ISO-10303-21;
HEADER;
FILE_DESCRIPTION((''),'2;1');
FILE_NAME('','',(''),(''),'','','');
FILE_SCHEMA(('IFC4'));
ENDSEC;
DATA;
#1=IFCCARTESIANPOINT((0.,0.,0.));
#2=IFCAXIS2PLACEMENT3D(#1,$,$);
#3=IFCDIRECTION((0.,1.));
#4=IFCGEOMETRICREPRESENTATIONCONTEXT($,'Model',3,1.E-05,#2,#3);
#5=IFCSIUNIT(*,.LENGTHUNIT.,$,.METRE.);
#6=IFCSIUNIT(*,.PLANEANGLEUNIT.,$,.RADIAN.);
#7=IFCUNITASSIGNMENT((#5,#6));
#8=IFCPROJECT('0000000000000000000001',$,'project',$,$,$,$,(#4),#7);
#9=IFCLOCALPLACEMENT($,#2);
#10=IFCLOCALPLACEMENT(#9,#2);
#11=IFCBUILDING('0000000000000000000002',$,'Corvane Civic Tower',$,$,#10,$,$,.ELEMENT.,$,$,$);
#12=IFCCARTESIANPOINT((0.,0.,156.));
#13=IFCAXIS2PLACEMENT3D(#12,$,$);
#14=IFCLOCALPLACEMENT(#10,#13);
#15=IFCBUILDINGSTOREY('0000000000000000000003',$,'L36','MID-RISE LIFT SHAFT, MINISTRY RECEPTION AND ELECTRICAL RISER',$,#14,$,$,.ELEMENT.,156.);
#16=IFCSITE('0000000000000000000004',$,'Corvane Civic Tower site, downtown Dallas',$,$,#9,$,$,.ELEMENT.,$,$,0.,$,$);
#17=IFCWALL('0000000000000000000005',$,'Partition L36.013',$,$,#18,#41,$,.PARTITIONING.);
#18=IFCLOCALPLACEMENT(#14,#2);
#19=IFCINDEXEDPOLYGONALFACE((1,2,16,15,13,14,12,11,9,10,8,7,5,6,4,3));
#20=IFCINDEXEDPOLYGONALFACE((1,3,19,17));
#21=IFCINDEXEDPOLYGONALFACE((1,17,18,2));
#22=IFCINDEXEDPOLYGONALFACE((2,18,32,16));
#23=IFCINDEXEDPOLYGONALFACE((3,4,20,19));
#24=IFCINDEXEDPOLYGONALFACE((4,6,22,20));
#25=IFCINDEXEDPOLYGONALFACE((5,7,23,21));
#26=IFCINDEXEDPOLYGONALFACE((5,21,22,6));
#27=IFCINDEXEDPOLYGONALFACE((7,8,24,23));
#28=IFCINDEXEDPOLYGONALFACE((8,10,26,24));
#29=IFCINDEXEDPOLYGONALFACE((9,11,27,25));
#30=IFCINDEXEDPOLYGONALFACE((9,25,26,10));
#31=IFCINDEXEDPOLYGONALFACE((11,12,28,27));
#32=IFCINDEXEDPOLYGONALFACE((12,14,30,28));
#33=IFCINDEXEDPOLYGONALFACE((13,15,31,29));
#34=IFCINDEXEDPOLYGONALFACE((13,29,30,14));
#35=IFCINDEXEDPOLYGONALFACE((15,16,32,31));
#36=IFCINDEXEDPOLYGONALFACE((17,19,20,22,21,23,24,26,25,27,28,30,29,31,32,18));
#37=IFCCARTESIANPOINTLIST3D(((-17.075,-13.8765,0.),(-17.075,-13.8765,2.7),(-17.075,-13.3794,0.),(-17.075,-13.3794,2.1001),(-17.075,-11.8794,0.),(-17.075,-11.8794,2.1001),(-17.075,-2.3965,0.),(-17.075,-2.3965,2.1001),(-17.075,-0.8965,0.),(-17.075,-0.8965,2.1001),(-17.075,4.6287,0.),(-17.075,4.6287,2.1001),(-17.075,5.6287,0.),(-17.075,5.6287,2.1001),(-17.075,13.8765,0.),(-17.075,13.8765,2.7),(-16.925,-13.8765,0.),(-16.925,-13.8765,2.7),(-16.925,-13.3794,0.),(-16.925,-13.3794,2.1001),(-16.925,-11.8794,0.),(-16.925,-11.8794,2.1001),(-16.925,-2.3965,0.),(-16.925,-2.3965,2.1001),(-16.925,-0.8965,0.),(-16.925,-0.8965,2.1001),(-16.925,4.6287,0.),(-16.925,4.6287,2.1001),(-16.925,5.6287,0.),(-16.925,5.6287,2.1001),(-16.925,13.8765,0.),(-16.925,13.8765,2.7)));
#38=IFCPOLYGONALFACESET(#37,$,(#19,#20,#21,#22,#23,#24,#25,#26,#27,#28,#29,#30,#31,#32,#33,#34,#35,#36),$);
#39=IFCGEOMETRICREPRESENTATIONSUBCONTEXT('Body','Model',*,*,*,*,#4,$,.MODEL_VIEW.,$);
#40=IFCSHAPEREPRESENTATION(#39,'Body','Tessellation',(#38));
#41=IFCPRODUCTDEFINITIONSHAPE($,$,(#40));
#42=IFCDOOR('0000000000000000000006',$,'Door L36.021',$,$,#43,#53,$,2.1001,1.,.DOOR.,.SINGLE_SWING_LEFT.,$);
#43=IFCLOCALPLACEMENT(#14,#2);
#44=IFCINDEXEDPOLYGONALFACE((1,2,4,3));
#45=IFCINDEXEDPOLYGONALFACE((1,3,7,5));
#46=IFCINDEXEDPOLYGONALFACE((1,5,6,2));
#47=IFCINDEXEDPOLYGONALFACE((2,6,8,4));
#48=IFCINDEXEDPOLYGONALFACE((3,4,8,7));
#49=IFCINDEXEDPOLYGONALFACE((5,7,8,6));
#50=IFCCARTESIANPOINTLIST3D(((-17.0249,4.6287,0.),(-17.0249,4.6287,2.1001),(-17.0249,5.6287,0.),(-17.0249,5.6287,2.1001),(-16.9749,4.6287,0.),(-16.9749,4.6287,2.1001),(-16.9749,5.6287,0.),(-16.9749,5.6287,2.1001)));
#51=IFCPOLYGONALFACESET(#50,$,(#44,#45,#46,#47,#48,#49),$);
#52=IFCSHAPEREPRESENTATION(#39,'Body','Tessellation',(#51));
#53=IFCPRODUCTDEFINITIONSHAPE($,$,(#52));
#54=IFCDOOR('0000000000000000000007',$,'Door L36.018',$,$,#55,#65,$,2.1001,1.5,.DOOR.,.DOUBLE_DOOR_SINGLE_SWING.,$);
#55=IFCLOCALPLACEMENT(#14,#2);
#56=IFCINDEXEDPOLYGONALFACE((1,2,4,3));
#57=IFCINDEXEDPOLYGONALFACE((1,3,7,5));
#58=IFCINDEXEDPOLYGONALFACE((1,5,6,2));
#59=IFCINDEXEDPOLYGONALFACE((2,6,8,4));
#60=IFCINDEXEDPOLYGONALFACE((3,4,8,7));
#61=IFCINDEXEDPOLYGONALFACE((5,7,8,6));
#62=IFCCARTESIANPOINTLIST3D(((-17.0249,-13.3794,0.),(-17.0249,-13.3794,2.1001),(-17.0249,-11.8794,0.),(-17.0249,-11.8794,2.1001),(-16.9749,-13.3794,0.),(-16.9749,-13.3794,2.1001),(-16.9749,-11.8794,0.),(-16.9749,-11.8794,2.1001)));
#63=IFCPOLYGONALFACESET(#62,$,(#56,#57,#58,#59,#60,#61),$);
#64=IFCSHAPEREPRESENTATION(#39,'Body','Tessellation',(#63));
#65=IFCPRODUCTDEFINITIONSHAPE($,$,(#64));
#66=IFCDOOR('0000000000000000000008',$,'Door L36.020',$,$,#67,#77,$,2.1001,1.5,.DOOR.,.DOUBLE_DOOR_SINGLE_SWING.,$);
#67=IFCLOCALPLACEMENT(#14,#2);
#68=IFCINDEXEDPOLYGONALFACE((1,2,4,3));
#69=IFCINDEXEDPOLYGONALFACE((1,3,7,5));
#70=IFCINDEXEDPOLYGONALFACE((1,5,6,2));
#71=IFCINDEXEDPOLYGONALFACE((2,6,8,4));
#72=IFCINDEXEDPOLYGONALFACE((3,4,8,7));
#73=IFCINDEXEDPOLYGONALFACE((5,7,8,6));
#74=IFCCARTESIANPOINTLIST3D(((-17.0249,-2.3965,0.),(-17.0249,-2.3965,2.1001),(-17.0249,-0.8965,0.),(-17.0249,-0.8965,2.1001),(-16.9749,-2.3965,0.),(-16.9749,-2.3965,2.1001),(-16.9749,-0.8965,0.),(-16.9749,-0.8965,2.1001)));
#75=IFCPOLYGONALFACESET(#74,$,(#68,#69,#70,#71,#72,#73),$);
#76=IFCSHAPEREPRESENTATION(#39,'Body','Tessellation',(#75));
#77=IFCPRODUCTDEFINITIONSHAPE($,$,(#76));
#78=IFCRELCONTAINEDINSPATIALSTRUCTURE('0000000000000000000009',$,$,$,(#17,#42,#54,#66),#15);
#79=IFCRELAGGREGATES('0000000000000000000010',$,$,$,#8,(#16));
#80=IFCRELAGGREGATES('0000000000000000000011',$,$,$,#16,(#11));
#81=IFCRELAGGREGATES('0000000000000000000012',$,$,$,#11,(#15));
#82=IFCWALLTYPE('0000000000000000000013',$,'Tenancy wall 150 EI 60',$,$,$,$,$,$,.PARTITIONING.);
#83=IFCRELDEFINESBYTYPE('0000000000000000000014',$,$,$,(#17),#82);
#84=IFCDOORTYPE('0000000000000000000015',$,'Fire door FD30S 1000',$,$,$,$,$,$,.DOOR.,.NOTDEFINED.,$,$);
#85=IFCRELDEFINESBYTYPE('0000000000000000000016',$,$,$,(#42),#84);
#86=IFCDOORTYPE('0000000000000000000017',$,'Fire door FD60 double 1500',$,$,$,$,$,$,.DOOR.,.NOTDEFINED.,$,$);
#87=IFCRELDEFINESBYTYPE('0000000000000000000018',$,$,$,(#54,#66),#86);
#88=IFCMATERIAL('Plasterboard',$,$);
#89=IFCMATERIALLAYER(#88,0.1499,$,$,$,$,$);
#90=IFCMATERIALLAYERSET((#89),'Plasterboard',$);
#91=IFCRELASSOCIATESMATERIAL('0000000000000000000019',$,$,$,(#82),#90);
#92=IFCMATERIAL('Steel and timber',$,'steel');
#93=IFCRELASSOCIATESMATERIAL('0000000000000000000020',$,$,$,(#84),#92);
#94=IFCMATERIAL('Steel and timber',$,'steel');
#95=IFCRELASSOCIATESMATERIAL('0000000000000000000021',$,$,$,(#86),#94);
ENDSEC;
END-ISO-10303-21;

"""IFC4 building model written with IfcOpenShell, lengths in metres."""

from ifc_helpers import new_model, si_unit, direction, frame, frame_2d, origin, place, context, subcontext, project, spatial, rectangle, extrude, material, layer, layer_set, type_object, element, fill, save


model = new_model("IFC4")

# Units and contexts
model_context = context("Model", 3, precision=1e-05, world=origin(), true_north=direction((0.0, 1.0)))
body_context = subcontext(model_context, "Body", "Model", "MODEL_VIEW")
ifc_project = project(units=[si_unit("LENGTHUNIT", "METRE"), si_unit("PLANEANGLEUNIT", "RADIAN")], contexts=[model_context])

# Site, building, storey
site_placement = place(None, origin())
site = spatial("IfcSite", under=ifc_project, at=site_placement, Name="Corvane Civic Tower site, downtown Dallas", CompositionType="ELEMENT", RefElevation=0.0)
building_placement = place(site_placement, origin())
building = spatial("IfcBuilding", under=site, at=building_placement, Name="Corvane Civic Tower", CompositionType="ELEMENT")
storey_placement = place(building_placement, frame((0.0, 0.0, 156.0)))
storey = spatial("IfcBuildingStorey", under=building, at=storey_placement, Name="L36", Description="MID-RISE LIFT SHAFT, MINISTRY RECEPTION AND ELECTRICAL RISER", CompositionType="ELEMENT", Elevation=156.0)

# Wall, openings, doors
ifc_material_1 = material(Name="Plasterboard")
ifc_layer_1 = layer(ifc_material_1, 0.1499)
ifc_layer_set_1 = layer_set([ifc_layer_1], Name="Plasterboard")
wall_type_1 = type_object("IfcWallType", Name="Tenancy wall 150 EI 60", PredefinedType="PARTITIONING", material=ifc_layer_set_1)
wall_1_placement = place(storey_placement, frame((-17.0, -13.8765, 0.0), z_axis=(0.0, 0.0, 1.0), x_axis=(0.0, 1.0, 0.0)))
wall_1 = element("IfcWall", 1, at=wall_1_placement, inside=storey, type_object=wall_type_1, Name="Partition L36.013", PredefinedType="PARTITIONING", context=body_context, shape_type="SweptSolid", body=[
    extrude(rectangle(XDim=27.7529, YDim=0.1499, at=frame_2d((13.8765, 0.0))), origin(), (0.0, 0.0, 1.0), 2.7),
])
opening_1_placement = place(wall_1_placement, frame((0.4971, 0.0, 0.0)))
opening_1 = element("IfcOpeningElement", 2, at=opening_1_placement, cuts=wall_1, PredefinedType="OPENING", context=body_context, shape_type="SweptSolid", body=[
    extrude(rectangle(XDim=1.5, YDim=2.1001, at=frame_2d((0.75, 1.05))), frame((0.0, 0.085, 0.0), z_axis=(0.0, -1.0, 0.0), x_axis=(1.0, 0.0, 0.0)), (0.0, 0.0, 1.0), 0.1699),
])
opening_2_placement = place(wall_1_placement, frame((11.48, 0.0, 0.0)))
opening_2 = element("IfcOpeningElement", 3, at=opening_2_placement, cuts=wall_1, PredefinedType="OPENING", context=body_context, shape_type="SweptSolid", body=[
    extrude(rectangle(XDim=1.5, YDim=2.1001, at=frame_2d((0.75, 1.05))), frame((0.0, 0.085, 0.0), z_axis=(0.0, -1.0, 0.0), x_axis=(1.0, 0.0, 0.0)), (0.0, 0.0, 1.0), 0.1699),
])
opening_3_placement = place(wall_1_placement, frame((18.5051, 0.0, 0.0)))
opening_3 = element("IfcOpeningElement", 4, at=opening_3_placement, cuts=wall_1, PredefinedType="OPENING", context=body_context, shape_type="SweptSolid", body=[
    extrude(rectangle(XDim=1.0, YDim=2.1001, at=frame_2d((0.5, 1.05))), frame((0.0, 0.085, 0.0), z_axis=(0.0, -1.0, 0.0), x_axis=(1.0, 0.0, 0.0)), (0.0, 0.0, 1.0), 0.1699),
])
ifc_material_2 = material(Name="Steel and timber", Category="steel")
door_type_1 = type_object("IfcDoorType", Name="Fire door FD30S 1000", OperationType="NOTDEFINED", PredefinedType="DOOR", material=ifc_material_2)
door_1_placement = place(opening_3_placement, origin())
door_1 = element("IfcDoor", 5, at=door_1_placement, inside=storey, type_object=door_type_1, Name="Door L36.021", OperationType="SINGLE_SWING_LEFT", OverallHeight=2.1001, OverallWidth=1.0, PredefinedType="DOOR", context=body_context, shape_type="SweptSolid", body=[
    extrude(rectangle(XDim=1.0, YDim=2.1001, at=frame_2d((0.5, 1.05))), frame((0.0, 0.0249, 0.0), z_axis=(0.0, -1.0, 0.0), x_axis=(1.0, 0.0, 0.0)), (0.0, 0.0, 1.0), 0.05),
])
fill(opening_3, door_1)
ifc_material_3 = material(Name="Steel and timber", Category="steel")
door_type_2 = type_object("IfcDoorType", Name="Fire door FD60 double 1500", OperationType="NOTDEFINED", PredefinedType="DOOR", material=ifc_material_3)
door_2_placement = place(opening_1_placement, origin())
door_2 = element("IfcDoor", 6, at=door_2_placement, inside=storey, type_object=door_type_2, Name="Door L36.018", OperationType="DOUBLE_DOOR_SINGLE_SWING", OverallHeight=2.1001, OverallWidth=1.5, PredefinedType="DOOR", context=body_context, shape_type="SweptSolid", body=[
    extrude(rectangle(XDim=1.5, YDim=2.1001, at=frame_2d((0.75, 1.05))), frame((0.0, 0.0249, 0.0), z_axis=(0.0, -1.0, 0.0), x_axis=(1.0, 0.0, 0.0)), (0.0, 0.0, 1.0), 0.05),
])
fill(opening_1, door_2)
door_3_placement = place(opening_2_placement, origin())
door_3 = element("IfcDoor", 7, at=door_3_placement, inside=storey, type_object=door_type_2, Name="Door L36.020", OperationType="DOUBLE_DOOR_SINGLE_SWING", OverallHeight=2.1001, OverallWidth=1.5, PredefinedType="DOOR", context=body_context, shape_type="SweptSolid", body=[
    extrude(rectangle(XDim=1.5, YDim=2.1001, at=frame_2d((0.75, 1.05))), frame((0.0, 0.0249, 0.0), z_axis=(0.0, -1.0, 0.0), x_axis=(1.0, 0.0, 0.0)), (0.0, 0.0, 1.0), 0.05),
])
fill(opening_2, door_3)

save(model, "model.ifc")
